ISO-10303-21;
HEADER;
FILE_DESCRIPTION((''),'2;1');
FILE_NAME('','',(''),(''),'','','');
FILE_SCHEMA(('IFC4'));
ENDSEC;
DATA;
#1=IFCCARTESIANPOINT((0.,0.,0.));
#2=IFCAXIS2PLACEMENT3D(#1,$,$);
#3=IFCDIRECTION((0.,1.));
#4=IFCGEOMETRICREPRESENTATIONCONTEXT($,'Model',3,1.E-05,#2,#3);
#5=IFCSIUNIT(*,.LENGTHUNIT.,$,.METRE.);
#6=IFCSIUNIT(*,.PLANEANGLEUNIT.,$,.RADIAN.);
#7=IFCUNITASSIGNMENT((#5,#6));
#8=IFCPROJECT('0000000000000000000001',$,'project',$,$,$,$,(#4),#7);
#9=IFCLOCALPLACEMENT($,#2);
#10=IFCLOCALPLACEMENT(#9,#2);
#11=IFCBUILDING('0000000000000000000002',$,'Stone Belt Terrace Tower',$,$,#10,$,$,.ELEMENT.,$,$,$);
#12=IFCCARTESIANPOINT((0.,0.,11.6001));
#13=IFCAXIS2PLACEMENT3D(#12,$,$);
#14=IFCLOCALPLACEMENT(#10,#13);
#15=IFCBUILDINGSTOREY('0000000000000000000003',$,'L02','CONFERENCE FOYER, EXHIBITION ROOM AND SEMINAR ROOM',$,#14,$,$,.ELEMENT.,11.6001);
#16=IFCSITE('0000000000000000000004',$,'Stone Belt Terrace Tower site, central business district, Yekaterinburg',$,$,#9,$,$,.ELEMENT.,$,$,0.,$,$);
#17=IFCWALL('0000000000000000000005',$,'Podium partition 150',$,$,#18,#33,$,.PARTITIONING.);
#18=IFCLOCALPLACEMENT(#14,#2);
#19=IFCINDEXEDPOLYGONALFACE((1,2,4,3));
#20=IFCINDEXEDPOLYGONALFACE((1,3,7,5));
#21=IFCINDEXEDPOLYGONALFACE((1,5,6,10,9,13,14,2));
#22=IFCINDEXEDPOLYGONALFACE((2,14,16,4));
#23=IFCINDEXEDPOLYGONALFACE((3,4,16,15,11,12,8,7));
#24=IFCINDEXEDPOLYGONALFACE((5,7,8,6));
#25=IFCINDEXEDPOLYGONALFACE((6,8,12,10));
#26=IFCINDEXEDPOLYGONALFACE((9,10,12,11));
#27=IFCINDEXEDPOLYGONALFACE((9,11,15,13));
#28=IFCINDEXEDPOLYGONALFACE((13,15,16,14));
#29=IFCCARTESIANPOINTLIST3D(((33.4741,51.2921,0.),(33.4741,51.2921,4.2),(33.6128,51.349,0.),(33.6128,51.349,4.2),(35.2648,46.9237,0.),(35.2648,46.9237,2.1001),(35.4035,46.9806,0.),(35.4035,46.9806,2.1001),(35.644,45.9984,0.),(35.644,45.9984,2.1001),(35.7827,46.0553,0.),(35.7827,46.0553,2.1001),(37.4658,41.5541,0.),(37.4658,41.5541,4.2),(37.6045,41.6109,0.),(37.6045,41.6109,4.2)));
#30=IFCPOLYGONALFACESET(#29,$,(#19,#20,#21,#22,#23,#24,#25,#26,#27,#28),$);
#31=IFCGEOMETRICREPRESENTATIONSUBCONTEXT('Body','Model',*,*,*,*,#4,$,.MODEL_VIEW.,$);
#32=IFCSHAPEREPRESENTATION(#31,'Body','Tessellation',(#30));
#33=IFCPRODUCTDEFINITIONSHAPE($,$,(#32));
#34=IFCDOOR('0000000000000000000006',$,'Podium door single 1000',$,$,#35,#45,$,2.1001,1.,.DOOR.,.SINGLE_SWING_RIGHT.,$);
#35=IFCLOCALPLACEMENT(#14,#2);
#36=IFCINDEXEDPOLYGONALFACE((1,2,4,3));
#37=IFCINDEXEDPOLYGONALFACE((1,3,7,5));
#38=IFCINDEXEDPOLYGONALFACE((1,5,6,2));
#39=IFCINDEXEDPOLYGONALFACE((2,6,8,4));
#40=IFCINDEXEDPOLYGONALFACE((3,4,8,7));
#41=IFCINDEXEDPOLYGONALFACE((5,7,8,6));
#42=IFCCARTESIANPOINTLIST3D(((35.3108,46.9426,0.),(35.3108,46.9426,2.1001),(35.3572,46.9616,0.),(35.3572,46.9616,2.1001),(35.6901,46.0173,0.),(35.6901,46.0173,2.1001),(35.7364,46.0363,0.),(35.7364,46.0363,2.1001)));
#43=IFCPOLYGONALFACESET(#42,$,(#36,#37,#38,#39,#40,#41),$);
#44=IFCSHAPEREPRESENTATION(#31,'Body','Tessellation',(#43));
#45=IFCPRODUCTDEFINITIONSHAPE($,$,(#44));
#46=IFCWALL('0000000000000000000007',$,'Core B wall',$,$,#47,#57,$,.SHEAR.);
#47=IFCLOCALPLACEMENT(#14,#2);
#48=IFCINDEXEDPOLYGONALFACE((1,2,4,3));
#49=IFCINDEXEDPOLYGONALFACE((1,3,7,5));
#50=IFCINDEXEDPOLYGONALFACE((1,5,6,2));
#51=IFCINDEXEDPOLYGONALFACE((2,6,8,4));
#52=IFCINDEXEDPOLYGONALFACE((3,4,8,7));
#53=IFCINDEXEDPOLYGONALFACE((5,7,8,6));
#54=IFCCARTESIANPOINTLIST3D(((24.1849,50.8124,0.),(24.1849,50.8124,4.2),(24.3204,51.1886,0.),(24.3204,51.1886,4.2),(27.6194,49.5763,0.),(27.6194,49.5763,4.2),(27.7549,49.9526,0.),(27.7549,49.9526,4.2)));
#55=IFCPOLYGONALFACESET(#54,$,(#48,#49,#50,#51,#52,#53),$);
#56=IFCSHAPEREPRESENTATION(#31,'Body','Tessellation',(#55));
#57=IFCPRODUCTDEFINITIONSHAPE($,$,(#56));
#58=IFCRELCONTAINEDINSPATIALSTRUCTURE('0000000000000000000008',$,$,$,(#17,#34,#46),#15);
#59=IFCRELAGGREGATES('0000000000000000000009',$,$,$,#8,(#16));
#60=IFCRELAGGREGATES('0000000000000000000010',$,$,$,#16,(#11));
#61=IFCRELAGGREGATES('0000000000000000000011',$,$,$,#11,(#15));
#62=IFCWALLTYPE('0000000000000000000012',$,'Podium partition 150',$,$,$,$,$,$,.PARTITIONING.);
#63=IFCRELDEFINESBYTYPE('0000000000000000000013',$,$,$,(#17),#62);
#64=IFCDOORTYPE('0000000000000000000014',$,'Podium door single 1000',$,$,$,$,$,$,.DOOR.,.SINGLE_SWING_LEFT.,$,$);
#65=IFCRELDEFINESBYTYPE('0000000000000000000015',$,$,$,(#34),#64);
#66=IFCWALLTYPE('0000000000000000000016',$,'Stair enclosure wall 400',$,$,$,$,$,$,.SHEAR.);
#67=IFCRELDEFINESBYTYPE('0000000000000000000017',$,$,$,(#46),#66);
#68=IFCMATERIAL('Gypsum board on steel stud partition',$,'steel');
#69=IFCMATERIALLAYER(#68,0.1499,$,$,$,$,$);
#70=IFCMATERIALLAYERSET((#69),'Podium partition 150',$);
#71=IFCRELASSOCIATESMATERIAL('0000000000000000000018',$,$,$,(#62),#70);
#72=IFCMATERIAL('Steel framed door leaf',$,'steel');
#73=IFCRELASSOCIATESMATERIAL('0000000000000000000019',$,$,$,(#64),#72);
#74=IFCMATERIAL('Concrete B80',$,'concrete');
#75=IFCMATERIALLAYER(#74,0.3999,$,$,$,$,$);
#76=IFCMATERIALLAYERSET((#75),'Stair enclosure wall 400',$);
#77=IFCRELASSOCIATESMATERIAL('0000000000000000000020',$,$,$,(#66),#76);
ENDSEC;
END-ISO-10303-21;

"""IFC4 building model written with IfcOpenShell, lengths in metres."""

from ifc_helpers import new_model, si_unit, direction, frame, frame_2d, origin, place, context, subcontext, project, spatial, rectangle, extrude, material, layer, layer_set, type_object, element, fill, save


model = new_model("IFC4")

# Units and contexts
model_context = context("Model", 3, precision=1e-05, world=origin(), true_north=direction((0.0, 1.0)))
body_context = subcontext(model_context, "Body", "Model", "MODEL_VIEW")
ifc_project = project(units=[si_unit("LENGTHUNIT", "METRE"), si_unit("PLANEANGLEUNIT", "RADIAN")], contexts=[model_context])

# Site, building, storey
site_placement = place(None, origin())
site = spatial("IfcSite", under=ifc_project, at=site_placement, Name="Stone Belt Terrace Tower site, central business district, Yekaterinburg", CompositionType="ELEMENT", RefElevation=0.0)
building_placement = place(site_placement, origin())
building = spatial("IfcBuilding", under=site, at=building_placement, Name="Stone Belt Terrace Tower", CompositionType="ELEMENT")
storey_placement = place(building_placement, frame((0.0, 0.0, 11.6001)))
storey = spatial("IfcBuildingStorey", under=building, at=storey_placement, Name="L02", Description="CONFERENCE FOYER, EXHIBITION ROOM AND SEMINAR ROOM", CompositionType="ELEMENT", Elevation=11.6001)

# Shared definitions
ifc_material_1 = material(Name="Concrete B80", Category="concrete")

# Shared definitions
ifc_material_2 = material(Name="Gypsum board on steel stud partition", Category="steel")
ifc_layer_1 = layer(ifc_material_2, 0.1499)
ifc_layer_set_1 = layer_set([ifc_layer_1], Name="Podium partition 150")
wall_type_1 = type_object("IfcWallType", Name="Podium partition 150", PredefinedType="PARTITIONING", material=ifc_layer_set_1)

# Wall, opening, door
wall_1_placement = place(storey_placement, frame((33.5435, 51.3206, 0.0), z_axis=(0.0, 0.0, 1.0), x_axis=(0.37928, -0.925282, 0.0)))
wall_1 = element("IfcWall", 1, at=wall_1_placement, inside=storey, type_object=wall_type_1, Name="Podium partition 150", PredefinedType="PARTITIONING", context=body_context, shape_type="SweptSolid", body=[
    extrude(rectangle(XDim=10.5244, YDim=0.1499, at=frame_2d((5.2622, 0.0))), origin(), (0.0, 0.0, 1.0), 4.2),
])
opening_1_placement = place(wall_1_placement, frame((4.7212, 0.0, 0.0)))
opening_1 = element("IfcOpeningElement", 2, at=opening_1_placement, cuts=wall_1, PredefinedType="OPENING", context=body_context, shape_type="SweptSolid", body=[
    extrude(rectangle(XDim=1.0, YDim=2.1001, at=frame_2d((0.5, 1.05))), frame((0.0, 0.085, 0.0), z_axis=(0.0, -1.0, 0.0), x_axis=(1.0, 0.0, 0.0)), (0.0, 0.0, 1.0), 0.1699),
])
ifc_material_3 = material(Name="Steel framed door leaf", Category="steel")
door_type_1 = type_object("IfcDoorType", Name="Podium door single 1000", OperationType="SINGLE_SWING_LEFT", PredefinedType="DOOR", material=ifc_material_3)
door_1_placement = place(opening_1_placement, origin())
door_1 = element("IfcDoor", 3, at=door_1_placement, inside=storey, type_object=door_type_1, Name="Podium door single 1000", OperationType="SINGLE_SWING_RIGHT", OverallHeight=2.1001, OverallWidth=1.0, PredefinedType="DOOR", context=body_context, shape_type="SweptSolid", body=[
    extrude(rectangle(XDim=1.0, YDim=2.1001, at=frame_2d((0.5, 1.05))), frame((0.0, 0.0249, 0.0), z_axis=(0.0, -1.0, 0.0), x_axis=(1.0, 0.0, 0.0)), (0.0, 0.0, 1.0), 0.05),
])
fill(opening_1, door_1)

# Wall
ifc_layer_2 = layer(ifc_material_1, 0.3999)
ifc_layer_set_2 = layer_set([ifc_layer_2], Name="Stair enclosure wall 400")
wall_type_2 = type_object("IfcWallType", Name="Stair enclosure wall 400", PredefinedType="SHEAR", material=ifc_layer_set_2)
wall_2_placement = place(storey_placement, frame((27.6873, 49.7644, 0.0), z_axis=(0.0, 0.0, 1.0), x_axis=(-0.940919, 0.338632, 0.0)))
element("IfcWall", 4, at=wall_2_placement, inside=storey, type_object=wall_type_2, Name="Core B wall", PredefinedType="SHEAR", context=body_context, shape_type="SweptSolid", body=[
    extrude(rectangle(XDim=3.6501, YDim=0.3999, at=frame_2d((1.8252, 0.0))), origin(), (0.0, 0.0, 1.0), 4.2),
])

save(model, "model.ifc")
